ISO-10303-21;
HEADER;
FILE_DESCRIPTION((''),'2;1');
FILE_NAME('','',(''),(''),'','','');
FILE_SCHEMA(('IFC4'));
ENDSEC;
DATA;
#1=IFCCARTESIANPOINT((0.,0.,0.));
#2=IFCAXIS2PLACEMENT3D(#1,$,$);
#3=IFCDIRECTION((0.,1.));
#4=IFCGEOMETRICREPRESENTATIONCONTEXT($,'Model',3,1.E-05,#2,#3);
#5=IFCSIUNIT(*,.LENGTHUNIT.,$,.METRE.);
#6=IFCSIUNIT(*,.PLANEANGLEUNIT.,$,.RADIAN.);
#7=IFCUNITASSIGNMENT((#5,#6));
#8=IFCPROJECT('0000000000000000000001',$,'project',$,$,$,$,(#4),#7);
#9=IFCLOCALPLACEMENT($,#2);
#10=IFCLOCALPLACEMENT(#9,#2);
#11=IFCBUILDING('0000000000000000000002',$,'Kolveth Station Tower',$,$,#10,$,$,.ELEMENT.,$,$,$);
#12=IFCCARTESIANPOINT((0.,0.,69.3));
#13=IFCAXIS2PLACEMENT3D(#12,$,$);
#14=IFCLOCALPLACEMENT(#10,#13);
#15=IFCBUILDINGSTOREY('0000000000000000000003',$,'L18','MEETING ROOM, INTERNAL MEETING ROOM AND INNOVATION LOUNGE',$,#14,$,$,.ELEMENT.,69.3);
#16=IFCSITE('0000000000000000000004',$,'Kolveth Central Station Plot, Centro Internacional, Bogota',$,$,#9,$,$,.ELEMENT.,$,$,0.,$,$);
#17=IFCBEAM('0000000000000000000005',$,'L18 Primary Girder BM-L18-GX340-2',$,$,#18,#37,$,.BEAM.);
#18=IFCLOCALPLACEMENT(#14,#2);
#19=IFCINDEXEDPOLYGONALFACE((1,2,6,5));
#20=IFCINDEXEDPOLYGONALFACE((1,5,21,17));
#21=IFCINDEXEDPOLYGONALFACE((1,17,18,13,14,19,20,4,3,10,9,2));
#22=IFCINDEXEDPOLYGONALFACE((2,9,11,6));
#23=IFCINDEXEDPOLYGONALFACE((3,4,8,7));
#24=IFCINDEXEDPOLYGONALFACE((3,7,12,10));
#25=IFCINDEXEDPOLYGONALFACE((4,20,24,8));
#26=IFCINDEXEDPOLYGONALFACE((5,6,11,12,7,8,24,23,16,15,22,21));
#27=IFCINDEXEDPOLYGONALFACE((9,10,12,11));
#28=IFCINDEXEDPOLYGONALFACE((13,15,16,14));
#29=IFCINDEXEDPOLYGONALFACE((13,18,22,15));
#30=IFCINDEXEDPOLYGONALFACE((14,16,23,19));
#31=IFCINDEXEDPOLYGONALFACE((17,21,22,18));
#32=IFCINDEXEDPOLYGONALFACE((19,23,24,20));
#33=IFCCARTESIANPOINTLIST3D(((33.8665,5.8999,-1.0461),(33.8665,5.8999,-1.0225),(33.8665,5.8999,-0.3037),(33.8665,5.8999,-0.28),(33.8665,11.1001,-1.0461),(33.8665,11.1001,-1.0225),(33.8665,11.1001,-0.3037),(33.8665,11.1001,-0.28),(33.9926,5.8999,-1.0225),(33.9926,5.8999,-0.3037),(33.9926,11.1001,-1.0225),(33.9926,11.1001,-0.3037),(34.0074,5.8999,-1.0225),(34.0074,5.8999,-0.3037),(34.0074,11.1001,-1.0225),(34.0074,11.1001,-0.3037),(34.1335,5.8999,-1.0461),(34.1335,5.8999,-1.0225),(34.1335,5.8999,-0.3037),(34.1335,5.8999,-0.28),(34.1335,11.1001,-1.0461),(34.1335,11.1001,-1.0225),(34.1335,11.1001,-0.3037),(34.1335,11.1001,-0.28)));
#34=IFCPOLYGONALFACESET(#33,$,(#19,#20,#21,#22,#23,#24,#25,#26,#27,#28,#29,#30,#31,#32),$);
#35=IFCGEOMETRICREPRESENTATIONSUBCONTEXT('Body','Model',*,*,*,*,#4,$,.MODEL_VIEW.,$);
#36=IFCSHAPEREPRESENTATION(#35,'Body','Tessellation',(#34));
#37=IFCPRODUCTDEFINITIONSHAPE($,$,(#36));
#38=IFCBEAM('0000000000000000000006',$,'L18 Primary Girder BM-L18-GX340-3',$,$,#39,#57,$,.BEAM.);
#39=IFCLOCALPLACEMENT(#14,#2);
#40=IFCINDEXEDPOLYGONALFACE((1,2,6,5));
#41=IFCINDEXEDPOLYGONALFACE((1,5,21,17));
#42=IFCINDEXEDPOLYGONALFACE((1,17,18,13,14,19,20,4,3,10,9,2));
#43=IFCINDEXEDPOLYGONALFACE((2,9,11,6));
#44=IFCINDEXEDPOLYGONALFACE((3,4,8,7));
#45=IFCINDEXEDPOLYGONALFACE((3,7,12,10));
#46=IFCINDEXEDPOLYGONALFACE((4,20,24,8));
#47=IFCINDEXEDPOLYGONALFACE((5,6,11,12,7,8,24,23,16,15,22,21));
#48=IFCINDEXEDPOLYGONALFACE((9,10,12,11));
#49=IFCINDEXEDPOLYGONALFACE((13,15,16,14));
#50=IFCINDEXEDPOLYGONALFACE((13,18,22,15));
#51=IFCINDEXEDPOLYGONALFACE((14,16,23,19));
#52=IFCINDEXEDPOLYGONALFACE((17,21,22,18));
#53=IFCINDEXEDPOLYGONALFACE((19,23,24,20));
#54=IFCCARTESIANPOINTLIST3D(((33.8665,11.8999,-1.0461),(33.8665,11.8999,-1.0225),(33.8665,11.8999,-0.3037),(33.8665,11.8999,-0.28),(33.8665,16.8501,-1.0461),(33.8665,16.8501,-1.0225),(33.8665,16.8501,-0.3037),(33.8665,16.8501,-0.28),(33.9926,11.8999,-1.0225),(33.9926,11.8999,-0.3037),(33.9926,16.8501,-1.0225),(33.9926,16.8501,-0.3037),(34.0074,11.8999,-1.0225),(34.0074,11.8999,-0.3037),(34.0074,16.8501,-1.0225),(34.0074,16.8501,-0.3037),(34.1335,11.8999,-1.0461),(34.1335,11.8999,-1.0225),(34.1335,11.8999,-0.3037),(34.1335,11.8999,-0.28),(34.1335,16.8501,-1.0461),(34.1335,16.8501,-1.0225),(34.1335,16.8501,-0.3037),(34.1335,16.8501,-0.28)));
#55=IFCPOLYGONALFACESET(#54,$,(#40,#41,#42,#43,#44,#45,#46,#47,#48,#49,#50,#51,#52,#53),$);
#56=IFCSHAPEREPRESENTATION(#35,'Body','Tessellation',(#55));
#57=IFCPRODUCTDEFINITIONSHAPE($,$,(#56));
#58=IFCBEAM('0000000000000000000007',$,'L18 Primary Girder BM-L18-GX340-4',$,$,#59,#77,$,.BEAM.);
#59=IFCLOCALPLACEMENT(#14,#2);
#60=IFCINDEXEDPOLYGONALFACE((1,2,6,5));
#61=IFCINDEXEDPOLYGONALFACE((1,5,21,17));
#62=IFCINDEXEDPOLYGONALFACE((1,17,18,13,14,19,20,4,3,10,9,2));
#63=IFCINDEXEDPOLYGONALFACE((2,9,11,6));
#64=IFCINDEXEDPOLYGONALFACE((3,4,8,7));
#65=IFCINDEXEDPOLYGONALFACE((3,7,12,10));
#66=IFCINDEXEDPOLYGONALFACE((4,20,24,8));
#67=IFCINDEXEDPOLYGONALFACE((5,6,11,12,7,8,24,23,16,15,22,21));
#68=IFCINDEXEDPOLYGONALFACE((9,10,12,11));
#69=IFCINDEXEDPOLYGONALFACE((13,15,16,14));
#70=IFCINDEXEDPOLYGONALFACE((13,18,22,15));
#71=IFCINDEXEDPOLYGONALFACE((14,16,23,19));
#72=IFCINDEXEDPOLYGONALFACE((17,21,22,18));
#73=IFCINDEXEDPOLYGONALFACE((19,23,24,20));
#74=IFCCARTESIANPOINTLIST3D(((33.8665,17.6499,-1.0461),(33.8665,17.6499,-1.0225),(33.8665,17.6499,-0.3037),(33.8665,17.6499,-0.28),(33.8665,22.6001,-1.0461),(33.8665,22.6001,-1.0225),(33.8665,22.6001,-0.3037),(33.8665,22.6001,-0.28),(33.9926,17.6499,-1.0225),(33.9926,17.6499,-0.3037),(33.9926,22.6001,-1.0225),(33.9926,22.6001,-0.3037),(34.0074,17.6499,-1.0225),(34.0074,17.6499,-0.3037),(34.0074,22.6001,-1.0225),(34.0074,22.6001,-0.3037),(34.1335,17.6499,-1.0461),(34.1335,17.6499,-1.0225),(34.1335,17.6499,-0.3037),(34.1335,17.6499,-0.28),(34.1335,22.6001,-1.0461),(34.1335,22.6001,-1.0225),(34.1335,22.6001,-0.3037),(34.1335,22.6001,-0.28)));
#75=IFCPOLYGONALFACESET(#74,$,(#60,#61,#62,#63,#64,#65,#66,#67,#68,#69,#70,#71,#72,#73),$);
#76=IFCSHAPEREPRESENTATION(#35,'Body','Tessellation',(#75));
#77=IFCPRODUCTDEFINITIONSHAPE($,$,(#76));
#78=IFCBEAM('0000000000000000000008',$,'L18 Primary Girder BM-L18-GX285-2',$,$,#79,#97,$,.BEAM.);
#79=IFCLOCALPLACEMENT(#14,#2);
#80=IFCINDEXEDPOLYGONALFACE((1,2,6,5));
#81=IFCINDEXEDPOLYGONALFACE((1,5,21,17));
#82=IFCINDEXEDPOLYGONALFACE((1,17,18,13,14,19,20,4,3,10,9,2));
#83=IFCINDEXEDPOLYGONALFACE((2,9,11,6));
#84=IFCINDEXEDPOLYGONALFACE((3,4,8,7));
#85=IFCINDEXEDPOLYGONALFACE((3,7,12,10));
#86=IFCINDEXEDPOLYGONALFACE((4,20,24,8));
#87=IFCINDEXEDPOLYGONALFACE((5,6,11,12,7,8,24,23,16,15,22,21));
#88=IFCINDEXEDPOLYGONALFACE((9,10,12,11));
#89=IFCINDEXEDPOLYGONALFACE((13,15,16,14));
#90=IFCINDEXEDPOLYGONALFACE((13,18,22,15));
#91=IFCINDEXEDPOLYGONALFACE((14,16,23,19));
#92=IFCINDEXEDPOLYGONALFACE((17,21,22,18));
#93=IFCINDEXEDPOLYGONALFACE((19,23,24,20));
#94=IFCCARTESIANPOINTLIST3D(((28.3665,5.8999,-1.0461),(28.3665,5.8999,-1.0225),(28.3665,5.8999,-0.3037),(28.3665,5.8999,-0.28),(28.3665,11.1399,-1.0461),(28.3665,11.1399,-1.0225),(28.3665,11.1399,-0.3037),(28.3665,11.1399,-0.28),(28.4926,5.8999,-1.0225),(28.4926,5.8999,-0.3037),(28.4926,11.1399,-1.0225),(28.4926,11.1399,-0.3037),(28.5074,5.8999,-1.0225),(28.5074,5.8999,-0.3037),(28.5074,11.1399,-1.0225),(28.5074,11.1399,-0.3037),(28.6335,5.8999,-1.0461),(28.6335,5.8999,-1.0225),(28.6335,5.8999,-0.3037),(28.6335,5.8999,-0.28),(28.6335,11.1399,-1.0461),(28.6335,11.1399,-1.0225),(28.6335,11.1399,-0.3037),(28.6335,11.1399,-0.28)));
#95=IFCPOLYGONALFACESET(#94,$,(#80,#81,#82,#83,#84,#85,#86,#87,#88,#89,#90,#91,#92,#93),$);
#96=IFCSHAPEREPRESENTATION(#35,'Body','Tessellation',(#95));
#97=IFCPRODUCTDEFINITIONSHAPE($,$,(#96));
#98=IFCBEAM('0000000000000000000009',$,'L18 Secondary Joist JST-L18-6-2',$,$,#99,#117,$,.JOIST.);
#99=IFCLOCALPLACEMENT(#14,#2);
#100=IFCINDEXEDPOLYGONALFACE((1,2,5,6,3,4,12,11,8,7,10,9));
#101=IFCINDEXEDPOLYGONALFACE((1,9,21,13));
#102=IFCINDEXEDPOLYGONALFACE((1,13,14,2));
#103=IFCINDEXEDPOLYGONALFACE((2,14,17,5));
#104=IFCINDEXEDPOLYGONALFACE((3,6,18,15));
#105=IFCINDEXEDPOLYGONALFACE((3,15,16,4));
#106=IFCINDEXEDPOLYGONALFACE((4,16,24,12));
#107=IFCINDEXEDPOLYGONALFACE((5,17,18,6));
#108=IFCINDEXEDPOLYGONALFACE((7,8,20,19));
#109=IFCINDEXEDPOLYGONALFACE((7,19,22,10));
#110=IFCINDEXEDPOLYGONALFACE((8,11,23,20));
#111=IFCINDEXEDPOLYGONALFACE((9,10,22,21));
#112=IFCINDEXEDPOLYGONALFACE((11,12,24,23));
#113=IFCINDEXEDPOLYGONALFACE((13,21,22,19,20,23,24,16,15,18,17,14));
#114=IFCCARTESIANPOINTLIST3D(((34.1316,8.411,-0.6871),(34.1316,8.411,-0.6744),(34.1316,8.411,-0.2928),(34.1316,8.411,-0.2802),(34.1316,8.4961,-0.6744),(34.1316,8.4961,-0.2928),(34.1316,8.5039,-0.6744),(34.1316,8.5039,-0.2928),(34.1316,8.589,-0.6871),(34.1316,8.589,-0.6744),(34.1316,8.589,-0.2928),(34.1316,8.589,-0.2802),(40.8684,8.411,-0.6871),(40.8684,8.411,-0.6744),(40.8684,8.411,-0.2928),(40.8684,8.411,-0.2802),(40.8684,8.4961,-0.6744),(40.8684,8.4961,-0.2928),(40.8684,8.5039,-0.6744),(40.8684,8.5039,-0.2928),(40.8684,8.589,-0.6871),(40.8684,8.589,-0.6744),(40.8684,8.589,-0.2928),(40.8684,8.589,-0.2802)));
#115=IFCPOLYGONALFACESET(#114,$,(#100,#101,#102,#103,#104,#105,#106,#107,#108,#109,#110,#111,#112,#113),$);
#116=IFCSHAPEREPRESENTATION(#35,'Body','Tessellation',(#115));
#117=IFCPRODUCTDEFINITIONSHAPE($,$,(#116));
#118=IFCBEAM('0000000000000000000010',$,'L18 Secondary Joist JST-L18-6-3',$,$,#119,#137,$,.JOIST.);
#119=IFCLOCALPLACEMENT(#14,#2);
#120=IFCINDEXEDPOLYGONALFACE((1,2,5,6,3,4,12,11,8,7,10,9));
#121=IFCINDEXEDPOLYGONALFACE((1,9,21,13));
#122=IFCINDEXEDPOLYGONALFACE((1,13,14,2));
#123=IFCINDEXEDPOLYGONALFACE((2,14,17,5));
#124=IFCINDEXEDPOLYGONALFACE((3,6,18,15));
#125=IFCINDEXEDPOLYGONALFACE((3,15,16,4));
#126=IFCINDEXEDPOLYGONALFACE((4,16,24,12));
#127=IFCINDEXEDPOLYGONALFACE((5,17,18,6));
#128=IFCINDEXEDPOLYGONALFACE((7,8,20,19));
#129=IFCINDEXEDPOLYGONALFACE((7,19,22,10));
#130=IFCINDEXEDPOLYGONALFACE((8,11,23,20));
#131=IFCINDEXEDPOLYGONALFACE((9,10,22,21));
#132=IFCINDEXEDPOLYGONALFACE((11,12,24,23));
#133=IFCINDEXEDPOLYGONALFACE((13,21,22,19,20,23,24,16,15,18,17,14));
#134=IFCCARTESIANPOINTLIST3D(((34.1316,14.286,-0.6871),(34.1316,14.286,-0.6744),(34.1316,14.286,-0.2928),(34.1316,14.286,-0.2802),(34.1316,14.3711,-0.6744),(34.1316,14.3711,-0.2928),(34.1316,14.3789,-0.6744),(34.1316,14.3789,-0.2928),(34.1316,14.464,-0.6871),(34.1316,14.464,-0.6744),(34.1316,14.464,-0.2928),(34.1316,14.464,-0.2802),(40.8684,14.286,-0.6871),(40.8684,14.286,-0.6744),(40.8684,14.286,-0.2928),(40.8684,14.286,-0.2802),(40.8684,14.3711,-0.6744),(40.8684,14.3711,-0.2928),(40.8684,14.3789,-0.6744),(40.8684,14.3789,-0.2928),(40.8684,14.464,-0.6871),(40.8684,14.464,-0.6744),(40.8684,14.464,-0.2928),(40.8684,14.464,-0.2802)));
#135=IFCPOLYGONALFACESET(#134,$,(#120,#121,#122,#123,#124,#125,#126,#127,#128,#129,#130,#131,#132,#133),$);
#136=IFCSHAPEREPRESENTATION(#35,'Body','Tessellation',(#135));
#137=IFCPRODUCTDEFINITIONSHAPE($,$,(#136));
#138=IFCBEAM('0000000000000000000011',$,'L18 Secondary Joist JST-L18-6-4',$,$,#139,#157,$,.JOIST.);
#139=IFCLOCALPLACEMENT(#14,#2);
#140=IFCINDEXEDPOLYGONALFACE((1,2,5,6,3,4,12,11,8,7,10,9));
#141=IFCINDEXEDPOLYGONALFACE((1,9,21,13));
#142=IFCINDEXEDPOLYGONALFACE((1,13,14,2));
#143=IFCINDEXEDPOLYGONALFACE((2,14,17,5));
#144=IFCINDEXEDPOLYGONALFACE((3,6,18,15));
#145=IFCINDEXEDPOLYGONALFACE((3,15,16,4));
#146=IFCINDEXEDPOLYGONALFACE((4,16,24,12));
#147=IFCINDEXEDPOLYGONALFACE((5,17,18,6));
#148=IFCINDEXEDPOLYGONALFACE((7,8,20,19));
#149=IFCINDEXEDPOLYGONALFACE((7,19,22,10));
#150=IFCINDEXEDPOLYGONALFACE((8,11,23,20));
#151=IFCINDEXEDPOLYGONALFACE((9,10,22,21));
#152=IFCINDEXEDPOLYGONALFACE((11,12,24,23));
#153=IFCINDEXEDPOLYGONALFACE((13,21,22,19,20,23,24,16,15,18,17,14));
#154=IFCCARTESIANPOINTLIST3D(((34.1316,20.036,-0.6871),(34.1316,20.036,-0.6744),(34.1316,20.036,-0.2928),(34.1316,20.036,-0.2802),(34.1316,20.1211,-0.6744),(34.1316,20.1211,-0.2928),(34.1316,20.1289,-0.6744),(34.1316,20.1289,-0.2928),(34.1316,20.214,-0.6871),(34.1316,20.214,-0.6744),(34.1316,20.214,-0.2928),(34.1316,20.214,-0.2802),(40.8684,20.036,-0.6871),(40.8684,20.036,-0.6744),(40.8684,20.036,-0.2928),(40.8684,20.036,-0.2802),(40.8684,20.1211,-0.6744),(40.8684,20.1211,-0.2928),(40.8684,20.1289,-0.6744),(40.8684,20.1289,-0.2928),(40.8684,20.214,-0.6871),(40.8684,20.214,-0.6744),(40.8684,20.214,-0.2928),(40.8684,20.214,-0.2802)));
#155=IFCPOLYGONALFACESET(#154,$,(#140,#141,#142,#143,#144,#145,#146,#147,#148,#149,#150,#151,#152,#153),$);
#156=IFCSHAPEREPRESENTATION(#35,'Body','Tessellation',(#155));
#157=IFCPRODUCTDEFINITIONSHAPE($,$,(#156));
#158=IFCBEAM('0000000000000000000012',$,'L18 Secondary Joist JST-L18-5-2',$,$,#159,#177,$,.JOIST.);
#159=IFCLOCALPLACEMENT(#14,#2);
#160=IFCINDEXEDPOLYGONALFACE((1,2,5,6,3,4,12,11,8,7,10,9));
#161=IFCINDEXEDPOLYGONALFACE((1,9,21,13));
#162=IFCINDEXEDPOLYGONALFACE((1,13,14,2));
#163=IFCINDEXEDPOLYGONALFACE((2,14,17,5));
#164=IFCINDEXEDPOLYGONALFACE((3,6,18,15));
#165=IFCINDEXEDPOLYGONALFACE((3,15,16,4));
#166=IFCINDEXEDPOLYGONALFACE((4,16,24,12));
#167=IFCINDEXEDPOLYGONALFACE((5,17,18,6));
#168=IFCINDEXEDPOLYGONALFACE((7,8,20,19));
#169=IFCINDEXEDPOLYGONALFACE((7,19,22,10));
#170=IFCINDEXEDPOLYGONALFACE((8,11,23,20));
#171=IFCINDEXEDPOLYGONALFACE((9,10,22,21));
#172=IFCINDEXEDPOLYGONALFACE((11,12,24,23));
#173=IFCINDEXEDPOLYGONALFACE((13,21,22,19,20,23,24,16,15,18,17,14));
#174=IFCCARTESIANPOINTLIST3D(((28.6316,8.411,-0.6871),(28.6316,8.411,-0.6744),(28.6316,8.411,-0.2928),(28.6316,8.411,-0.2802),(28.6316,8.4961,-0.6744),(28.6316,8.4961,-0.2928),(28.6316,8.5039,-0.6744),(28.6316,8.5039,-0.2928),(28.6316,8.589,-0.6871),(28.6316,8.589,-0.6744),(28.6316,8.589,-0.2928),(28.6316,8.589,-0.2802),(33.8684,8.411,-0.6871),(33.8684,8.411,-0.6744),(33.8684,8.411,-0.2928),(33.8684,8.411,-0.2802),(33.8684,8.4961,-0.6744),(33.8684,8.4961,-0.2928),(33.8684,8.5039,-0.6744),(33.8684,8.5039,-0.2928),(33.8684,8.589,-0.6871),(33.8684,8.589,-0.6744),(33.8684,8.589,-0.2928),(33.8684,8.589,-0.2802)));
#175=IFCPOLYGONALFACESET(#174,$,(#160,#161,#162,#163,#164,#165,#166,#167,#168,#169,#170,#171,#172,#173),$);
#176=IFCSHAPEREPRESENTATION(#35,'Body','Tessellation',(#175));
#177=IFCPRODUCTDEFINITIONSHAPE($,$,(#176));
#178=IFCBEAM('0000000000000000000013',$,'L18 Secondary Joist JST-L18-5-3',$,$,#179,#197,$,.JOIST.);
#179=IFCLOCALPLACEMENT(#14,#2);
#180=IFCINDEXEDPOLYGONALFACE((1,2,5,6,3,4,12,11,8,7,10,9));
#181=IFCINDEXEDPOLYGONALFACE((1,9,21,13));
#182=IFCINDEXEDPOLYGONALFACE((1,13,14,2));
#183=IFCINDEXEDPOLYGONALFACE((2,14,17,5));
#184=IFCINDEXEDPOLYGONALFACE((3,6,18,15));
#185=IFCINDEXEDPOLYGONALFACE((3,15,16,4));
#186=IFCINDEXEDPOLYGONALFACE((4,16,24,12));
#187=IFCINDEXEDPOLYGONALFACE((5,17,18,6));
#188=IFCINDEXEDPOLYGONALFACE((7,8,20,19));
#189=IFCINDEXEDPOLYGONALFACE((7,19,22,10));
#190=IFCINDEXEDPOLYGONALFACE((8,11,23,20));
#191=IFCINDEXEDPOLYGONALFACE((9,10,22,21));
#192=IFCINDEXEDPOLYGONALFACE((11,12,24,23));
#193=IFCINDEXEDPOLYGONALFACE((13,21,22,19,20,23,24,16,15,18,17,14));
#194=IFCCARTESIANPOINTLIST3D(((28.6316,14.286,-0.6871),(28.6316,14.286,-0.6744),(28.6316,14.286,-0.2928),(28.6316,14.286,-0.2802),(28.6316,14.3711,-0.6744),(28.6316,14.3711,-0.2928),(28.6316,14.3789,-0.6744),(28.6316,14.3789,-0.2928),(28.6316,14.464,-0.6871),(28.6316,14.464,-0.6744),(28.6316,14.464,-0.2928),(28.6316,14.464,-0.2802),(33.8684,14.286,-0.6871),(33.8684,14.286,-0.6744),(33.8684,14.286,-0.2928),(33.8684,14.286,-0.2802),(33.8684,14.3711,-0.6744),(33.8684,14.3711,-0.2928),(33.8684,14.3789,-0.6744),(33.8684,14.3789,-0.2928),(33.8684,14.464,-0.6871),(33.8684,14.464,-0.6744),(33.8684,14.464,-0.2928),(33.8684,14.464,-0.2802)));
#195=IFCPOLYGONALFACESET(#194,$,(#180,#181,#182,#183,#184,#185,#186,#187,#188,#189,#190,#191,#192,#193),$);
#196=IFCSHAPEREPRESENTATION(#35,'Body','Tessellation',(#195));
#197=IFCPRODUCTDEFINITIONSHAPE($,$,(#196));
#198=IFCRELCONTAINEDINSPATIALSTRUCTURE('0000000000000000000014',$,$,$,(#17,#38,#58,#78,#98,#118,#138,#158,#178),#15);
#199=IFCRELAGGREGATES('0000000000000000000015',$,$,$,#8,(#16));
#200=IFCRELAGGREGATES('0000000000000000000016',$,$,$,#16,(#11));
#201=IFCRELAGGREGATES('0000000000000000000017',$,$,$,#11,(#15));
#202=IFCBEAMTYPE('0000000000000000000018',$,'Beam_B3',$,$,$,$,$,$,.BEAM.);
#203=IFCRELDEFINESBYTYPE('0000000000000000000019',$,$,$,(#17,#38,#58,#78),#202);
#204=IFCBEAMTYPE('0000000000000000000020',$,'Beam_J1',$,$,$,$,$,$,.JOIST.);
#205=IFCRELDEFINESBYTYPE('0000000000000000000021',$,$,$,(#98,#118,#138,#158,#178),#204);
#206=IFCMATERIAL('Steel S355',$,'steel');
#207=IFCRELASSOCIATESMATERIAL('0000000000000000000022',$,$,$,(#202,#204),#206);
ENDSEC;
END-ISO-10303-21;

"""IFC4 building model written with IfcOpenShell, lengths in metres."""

from ifc_helpers import new_model, si_unit, direction, frame, origin, origin_2d, place, context, subcontext, project, spatial, i_section, extrude, source, transform, mapped, material, material_profile, profile_set, type_object, element, save


model = new_model("IFC4")

# Units and contexts
model_context = context("Model", 3, precision=1e-05, world=origin(), true_north=direction((0.0, 1.0)))
body_context = subcontext(model_context, "Body", "Model", "MODEL_VIEW")
ifc_project = project(units=[si_unit("LENGTHUNIT", "METRE"), si_unit("PLANEANGLEUNIT", "RADIAN")], contexts=[model_context])

# Site, building, storey
site_placement = place(None, origin())
site = spatial("IfcSite", under=ifc_project, at=site_placement, Name="Kolveth Central Station Plot, Centro Internacional, Bogota", CompositionType="ELEMENT", RefElevation=0.0)
building_placement = place(site_placement, origin())
building = spatial("IfcBuilding", under=site, at=building_placement, Name="Kolveth Station Tower", CompositionType="ELEMENT")
storey_placement = place(building_placement, frame((0.0, 0.0, 69.3)))
storey = spatial("IfcBuildingStorey", under=building, at=storey_placement, Name="L18", Description="MEETING ROOM, INTERNAL MEETING ROOM AND INNOVATION LOUNGE", CompositionType="ELEMENT", Elevation=69.3)

# Beams
ifc_material_1 = material(Name="Steel S355", Category="steel")
ifc_material_profile_1 = material_profile(ifc_material_1, i_section(OverallWidth=0.2671, OverallDepth=0.7661, WebThickness=0.0149, FlangeThickness=0.0237, at=origin_2d()), Name="W760x185")
ifc_profile_set_1 = profile_set([ifc_material_profile_1], Name="Steel S355")
beam_type_1 = type_object("IfcBeamType", Name="Beam_B3", PredefinedType="BEAM", material=ifc_profile_set_1)
shared_shape_1 = source(origin(), body_context, "Body", "SweptSolid", [
    extrude(i_section(OverallWidth=0.2671, OverallDepth=0.7661, WebThickness=0.0149, FlangeThickness=0.0237, at=origin_2d()), origin(), (0.0, 0.0, 1.0), 5.2002),
])
beam_1_placement = place(storey_placement, frame((34.0, 5.8999, -0.6631), z_axis=(0.0, 1.0, 0.0), x_axis=(-1.0, 0.0, 0.0)))
element("IfcBeam", 1, at=beam_1_placement, inside=storey, type_object=beam_type_1, Name="L18 Primary Girder BM-L18-GX340-2", PredefinedType="BEAM", context=body_context, shape_type="MappedRepresentation", body=[
    mapped(shared_shape_1, transform((0.0, 0.0, 0.0), x_axis=(1.0, 0.0, 0.0), y_axis=(0.0, 1.0, 0.0), z_axis=(0.0, 0.0, 1.0), scale=1.0)),
])
shared_shape_2 = source(origin(), body_context, "Body", "SweptSolid", [
    extrude(i_section(OverallWidth=0.2671, OverallDepth=0.7661, WebThickness=0.0149, FlangeThickness=0.0237, at=origin_2d()), origin(), (0.0, 0.0, 1.0), 4.9502),
])
for number, where, z_axis, x_axis, name in (
    (2, (34.0, 11.8999, -0.6631), (0.0, 1.0, 0.0), (-1.0, 0.0, 0.0), "L18 Primary Girder BM-L18-GX340-3"),
    (3, (34.0, 17.6499, -0.6631), (0.0, 1.0, 0.0), (-1.0, 0.0, 0.0), "L18 Primary Girder BM-L18-GX340-4"),
):
    element("IfcBeam", number, at=place(storey_placement, frame(where, z_axis=z_axis, x_axis=x_axis)), inside=storey, type_object=beam_type_1, Name=name, PredefinedType="BEAM", context=body_context, shape_type="MappedRepresentation", body=[
        mapped(shared_shape_2, transform((0.0, 0.0, 0.0), x_axis=(1.0, 0.0, 0.0), y_axis=(0.0, 1.0, 0.0), z_axis=(0.0, 0.0, 1.0), scale=1.0)),
    ])
shared_shape_3 = source(origin(), body_context, "Body", "SweptSolid", [
    extrude(i_section(OverallWidth=0.2671, OverallDepth=0.7661, WebThickness=0.0149, FlangeThickness=0.0237, at=origin_2d()), origin(), (0.0, 0.0, 1.0), 5.24),
])
beam_2_placement = place(storey_placement, frame((28.5, 5.8999, -0.6631), z_axis=(0.0, 1.0, 0.0), x_axis=(-1.0, 0.0, 0.0)))
element("IfcBeam", 4, at=beam_2_placement, inside=storey, type_object=beam_type_1, Name="L18 Primary Girder BM-L18-GX285-2", PredefinedType="BEAM", context=body_context, shape_type="MappedRepresentation", body=[
    mapped(shared_shape_3, transform((0.0, 0.0, 0.0), x_axis=(1.0, 0.0, 0.0), y_axis=(0.0, 1.0, 0.0), z_axis=(0.0, 0.0, 1.0), scale=1.0)),
])
ifc_material_profile_2 = material_profile(ifc_material_1, i_section(OverallWidth=0.178, OverallDepth=0.407, WebThickness=0.0078, FlangeThickness=0.0127, at=origin_2d()), Name="W410x60")
ifc_profile_set_2 = profile_set([ifc_material_profile_2], Name="Steel S355")
beam_type_2 = type_object("IfcBeamType", Name="Beam_J1", PredefinedType="JOIST", material=ifc_profile_set_2)
shared_shape_4 = source(origin(), body_context, "Body", "SweptSolid", [
    extrude(i_section(OverallWidth=0.178, OverallDepth=0.407, WebThickness=0.0078, FlangeThickness=0.0127, at=origin_2d()), origin(), (0.0, 0.0, 1.0), 6.7368),
])
for number, where, z_axis, x_axis, name in (
    (5, (34.1316, 8.5, -0.4836), (1.0, 0.0, 0.0), (0.0, 1.0, 0.0), "L18 Secondary Joist JST-L18-6-2"),
    (6, (34.1316, 14.375, -0.4836), (1.0, 0.0, 0.0), (0.0, 1.0, 0.0), "L18 Secondary Joist JST-L18-6-3"),
    (7, (34.1316, 20.125, -0.4836), (1.0, 0.0, 0.0), (0.0, 1.0, 0.0), "L18 Secondary Joist JST-L18-6-4"),
):
    element("IfcBeam", number, at=place(storey_placement, frame(where, z_axis=z_axis, x_axis=x_axis)), inside=storey, type_object=beam_type_2, Name=name, PredefinedType="JOIST", context=body_context, shape_type="MappedRepresentation", body=[
        mapped(shared_shape_4, transform((0.0, 0.0, 0.0), x_axis=(1.0, 0.0, 0.0), y_axis=(0.0, 1.0, 0.0), z_axis=(0.0, 0.0, 1.0), scale=1.0)),
    ])
shared_shape_5 = source(origin(), body_context, "Body", "SweptSolid", [
    extrude(i_section(OverallWidth=0.178, OverallDepth=0.407, WebThickness=0.0078, FlangeThickness=0.0127, at=origin_2d()), origin(), (0.0, 0.0, 1.0), 5.2368),
])
for number, where, z_axis, x_axis, name in (
    (8, (28.6316, 8.5, -0.4836), (1.0, 0.0, 0.0), (0.0, 1.0, 0.0), "L18 Secondary Joist JST-L18-5-2"),
    (9, (28.6316, 14.375, -0.4836), (1.0, 0.0, 0.0), (0.0, 1.0, 0.0), "L18 Secondary Joist JST-L18-5-3"),
):
    element("IfcBeam", number, at=place(storey_placement, frame(where, z_axis=z_axis, x_axis=x_axis)), inside=storey, type_object=beam_type_2, Name=name, PredefinedType="JOIST", context=body_context, shape_type="MappedRepresentation", body=[
        mapped(shared_shape_5, transform((0.0, 0.0, 0.0), x_axis=(1.0, 0.0, 0.0), y_axis=(0.0, 1.0, 0.0), z_axis=(0.0, 0.0, 1.0), scale=1.0)),
    ])

save(model, "model.ifc")
